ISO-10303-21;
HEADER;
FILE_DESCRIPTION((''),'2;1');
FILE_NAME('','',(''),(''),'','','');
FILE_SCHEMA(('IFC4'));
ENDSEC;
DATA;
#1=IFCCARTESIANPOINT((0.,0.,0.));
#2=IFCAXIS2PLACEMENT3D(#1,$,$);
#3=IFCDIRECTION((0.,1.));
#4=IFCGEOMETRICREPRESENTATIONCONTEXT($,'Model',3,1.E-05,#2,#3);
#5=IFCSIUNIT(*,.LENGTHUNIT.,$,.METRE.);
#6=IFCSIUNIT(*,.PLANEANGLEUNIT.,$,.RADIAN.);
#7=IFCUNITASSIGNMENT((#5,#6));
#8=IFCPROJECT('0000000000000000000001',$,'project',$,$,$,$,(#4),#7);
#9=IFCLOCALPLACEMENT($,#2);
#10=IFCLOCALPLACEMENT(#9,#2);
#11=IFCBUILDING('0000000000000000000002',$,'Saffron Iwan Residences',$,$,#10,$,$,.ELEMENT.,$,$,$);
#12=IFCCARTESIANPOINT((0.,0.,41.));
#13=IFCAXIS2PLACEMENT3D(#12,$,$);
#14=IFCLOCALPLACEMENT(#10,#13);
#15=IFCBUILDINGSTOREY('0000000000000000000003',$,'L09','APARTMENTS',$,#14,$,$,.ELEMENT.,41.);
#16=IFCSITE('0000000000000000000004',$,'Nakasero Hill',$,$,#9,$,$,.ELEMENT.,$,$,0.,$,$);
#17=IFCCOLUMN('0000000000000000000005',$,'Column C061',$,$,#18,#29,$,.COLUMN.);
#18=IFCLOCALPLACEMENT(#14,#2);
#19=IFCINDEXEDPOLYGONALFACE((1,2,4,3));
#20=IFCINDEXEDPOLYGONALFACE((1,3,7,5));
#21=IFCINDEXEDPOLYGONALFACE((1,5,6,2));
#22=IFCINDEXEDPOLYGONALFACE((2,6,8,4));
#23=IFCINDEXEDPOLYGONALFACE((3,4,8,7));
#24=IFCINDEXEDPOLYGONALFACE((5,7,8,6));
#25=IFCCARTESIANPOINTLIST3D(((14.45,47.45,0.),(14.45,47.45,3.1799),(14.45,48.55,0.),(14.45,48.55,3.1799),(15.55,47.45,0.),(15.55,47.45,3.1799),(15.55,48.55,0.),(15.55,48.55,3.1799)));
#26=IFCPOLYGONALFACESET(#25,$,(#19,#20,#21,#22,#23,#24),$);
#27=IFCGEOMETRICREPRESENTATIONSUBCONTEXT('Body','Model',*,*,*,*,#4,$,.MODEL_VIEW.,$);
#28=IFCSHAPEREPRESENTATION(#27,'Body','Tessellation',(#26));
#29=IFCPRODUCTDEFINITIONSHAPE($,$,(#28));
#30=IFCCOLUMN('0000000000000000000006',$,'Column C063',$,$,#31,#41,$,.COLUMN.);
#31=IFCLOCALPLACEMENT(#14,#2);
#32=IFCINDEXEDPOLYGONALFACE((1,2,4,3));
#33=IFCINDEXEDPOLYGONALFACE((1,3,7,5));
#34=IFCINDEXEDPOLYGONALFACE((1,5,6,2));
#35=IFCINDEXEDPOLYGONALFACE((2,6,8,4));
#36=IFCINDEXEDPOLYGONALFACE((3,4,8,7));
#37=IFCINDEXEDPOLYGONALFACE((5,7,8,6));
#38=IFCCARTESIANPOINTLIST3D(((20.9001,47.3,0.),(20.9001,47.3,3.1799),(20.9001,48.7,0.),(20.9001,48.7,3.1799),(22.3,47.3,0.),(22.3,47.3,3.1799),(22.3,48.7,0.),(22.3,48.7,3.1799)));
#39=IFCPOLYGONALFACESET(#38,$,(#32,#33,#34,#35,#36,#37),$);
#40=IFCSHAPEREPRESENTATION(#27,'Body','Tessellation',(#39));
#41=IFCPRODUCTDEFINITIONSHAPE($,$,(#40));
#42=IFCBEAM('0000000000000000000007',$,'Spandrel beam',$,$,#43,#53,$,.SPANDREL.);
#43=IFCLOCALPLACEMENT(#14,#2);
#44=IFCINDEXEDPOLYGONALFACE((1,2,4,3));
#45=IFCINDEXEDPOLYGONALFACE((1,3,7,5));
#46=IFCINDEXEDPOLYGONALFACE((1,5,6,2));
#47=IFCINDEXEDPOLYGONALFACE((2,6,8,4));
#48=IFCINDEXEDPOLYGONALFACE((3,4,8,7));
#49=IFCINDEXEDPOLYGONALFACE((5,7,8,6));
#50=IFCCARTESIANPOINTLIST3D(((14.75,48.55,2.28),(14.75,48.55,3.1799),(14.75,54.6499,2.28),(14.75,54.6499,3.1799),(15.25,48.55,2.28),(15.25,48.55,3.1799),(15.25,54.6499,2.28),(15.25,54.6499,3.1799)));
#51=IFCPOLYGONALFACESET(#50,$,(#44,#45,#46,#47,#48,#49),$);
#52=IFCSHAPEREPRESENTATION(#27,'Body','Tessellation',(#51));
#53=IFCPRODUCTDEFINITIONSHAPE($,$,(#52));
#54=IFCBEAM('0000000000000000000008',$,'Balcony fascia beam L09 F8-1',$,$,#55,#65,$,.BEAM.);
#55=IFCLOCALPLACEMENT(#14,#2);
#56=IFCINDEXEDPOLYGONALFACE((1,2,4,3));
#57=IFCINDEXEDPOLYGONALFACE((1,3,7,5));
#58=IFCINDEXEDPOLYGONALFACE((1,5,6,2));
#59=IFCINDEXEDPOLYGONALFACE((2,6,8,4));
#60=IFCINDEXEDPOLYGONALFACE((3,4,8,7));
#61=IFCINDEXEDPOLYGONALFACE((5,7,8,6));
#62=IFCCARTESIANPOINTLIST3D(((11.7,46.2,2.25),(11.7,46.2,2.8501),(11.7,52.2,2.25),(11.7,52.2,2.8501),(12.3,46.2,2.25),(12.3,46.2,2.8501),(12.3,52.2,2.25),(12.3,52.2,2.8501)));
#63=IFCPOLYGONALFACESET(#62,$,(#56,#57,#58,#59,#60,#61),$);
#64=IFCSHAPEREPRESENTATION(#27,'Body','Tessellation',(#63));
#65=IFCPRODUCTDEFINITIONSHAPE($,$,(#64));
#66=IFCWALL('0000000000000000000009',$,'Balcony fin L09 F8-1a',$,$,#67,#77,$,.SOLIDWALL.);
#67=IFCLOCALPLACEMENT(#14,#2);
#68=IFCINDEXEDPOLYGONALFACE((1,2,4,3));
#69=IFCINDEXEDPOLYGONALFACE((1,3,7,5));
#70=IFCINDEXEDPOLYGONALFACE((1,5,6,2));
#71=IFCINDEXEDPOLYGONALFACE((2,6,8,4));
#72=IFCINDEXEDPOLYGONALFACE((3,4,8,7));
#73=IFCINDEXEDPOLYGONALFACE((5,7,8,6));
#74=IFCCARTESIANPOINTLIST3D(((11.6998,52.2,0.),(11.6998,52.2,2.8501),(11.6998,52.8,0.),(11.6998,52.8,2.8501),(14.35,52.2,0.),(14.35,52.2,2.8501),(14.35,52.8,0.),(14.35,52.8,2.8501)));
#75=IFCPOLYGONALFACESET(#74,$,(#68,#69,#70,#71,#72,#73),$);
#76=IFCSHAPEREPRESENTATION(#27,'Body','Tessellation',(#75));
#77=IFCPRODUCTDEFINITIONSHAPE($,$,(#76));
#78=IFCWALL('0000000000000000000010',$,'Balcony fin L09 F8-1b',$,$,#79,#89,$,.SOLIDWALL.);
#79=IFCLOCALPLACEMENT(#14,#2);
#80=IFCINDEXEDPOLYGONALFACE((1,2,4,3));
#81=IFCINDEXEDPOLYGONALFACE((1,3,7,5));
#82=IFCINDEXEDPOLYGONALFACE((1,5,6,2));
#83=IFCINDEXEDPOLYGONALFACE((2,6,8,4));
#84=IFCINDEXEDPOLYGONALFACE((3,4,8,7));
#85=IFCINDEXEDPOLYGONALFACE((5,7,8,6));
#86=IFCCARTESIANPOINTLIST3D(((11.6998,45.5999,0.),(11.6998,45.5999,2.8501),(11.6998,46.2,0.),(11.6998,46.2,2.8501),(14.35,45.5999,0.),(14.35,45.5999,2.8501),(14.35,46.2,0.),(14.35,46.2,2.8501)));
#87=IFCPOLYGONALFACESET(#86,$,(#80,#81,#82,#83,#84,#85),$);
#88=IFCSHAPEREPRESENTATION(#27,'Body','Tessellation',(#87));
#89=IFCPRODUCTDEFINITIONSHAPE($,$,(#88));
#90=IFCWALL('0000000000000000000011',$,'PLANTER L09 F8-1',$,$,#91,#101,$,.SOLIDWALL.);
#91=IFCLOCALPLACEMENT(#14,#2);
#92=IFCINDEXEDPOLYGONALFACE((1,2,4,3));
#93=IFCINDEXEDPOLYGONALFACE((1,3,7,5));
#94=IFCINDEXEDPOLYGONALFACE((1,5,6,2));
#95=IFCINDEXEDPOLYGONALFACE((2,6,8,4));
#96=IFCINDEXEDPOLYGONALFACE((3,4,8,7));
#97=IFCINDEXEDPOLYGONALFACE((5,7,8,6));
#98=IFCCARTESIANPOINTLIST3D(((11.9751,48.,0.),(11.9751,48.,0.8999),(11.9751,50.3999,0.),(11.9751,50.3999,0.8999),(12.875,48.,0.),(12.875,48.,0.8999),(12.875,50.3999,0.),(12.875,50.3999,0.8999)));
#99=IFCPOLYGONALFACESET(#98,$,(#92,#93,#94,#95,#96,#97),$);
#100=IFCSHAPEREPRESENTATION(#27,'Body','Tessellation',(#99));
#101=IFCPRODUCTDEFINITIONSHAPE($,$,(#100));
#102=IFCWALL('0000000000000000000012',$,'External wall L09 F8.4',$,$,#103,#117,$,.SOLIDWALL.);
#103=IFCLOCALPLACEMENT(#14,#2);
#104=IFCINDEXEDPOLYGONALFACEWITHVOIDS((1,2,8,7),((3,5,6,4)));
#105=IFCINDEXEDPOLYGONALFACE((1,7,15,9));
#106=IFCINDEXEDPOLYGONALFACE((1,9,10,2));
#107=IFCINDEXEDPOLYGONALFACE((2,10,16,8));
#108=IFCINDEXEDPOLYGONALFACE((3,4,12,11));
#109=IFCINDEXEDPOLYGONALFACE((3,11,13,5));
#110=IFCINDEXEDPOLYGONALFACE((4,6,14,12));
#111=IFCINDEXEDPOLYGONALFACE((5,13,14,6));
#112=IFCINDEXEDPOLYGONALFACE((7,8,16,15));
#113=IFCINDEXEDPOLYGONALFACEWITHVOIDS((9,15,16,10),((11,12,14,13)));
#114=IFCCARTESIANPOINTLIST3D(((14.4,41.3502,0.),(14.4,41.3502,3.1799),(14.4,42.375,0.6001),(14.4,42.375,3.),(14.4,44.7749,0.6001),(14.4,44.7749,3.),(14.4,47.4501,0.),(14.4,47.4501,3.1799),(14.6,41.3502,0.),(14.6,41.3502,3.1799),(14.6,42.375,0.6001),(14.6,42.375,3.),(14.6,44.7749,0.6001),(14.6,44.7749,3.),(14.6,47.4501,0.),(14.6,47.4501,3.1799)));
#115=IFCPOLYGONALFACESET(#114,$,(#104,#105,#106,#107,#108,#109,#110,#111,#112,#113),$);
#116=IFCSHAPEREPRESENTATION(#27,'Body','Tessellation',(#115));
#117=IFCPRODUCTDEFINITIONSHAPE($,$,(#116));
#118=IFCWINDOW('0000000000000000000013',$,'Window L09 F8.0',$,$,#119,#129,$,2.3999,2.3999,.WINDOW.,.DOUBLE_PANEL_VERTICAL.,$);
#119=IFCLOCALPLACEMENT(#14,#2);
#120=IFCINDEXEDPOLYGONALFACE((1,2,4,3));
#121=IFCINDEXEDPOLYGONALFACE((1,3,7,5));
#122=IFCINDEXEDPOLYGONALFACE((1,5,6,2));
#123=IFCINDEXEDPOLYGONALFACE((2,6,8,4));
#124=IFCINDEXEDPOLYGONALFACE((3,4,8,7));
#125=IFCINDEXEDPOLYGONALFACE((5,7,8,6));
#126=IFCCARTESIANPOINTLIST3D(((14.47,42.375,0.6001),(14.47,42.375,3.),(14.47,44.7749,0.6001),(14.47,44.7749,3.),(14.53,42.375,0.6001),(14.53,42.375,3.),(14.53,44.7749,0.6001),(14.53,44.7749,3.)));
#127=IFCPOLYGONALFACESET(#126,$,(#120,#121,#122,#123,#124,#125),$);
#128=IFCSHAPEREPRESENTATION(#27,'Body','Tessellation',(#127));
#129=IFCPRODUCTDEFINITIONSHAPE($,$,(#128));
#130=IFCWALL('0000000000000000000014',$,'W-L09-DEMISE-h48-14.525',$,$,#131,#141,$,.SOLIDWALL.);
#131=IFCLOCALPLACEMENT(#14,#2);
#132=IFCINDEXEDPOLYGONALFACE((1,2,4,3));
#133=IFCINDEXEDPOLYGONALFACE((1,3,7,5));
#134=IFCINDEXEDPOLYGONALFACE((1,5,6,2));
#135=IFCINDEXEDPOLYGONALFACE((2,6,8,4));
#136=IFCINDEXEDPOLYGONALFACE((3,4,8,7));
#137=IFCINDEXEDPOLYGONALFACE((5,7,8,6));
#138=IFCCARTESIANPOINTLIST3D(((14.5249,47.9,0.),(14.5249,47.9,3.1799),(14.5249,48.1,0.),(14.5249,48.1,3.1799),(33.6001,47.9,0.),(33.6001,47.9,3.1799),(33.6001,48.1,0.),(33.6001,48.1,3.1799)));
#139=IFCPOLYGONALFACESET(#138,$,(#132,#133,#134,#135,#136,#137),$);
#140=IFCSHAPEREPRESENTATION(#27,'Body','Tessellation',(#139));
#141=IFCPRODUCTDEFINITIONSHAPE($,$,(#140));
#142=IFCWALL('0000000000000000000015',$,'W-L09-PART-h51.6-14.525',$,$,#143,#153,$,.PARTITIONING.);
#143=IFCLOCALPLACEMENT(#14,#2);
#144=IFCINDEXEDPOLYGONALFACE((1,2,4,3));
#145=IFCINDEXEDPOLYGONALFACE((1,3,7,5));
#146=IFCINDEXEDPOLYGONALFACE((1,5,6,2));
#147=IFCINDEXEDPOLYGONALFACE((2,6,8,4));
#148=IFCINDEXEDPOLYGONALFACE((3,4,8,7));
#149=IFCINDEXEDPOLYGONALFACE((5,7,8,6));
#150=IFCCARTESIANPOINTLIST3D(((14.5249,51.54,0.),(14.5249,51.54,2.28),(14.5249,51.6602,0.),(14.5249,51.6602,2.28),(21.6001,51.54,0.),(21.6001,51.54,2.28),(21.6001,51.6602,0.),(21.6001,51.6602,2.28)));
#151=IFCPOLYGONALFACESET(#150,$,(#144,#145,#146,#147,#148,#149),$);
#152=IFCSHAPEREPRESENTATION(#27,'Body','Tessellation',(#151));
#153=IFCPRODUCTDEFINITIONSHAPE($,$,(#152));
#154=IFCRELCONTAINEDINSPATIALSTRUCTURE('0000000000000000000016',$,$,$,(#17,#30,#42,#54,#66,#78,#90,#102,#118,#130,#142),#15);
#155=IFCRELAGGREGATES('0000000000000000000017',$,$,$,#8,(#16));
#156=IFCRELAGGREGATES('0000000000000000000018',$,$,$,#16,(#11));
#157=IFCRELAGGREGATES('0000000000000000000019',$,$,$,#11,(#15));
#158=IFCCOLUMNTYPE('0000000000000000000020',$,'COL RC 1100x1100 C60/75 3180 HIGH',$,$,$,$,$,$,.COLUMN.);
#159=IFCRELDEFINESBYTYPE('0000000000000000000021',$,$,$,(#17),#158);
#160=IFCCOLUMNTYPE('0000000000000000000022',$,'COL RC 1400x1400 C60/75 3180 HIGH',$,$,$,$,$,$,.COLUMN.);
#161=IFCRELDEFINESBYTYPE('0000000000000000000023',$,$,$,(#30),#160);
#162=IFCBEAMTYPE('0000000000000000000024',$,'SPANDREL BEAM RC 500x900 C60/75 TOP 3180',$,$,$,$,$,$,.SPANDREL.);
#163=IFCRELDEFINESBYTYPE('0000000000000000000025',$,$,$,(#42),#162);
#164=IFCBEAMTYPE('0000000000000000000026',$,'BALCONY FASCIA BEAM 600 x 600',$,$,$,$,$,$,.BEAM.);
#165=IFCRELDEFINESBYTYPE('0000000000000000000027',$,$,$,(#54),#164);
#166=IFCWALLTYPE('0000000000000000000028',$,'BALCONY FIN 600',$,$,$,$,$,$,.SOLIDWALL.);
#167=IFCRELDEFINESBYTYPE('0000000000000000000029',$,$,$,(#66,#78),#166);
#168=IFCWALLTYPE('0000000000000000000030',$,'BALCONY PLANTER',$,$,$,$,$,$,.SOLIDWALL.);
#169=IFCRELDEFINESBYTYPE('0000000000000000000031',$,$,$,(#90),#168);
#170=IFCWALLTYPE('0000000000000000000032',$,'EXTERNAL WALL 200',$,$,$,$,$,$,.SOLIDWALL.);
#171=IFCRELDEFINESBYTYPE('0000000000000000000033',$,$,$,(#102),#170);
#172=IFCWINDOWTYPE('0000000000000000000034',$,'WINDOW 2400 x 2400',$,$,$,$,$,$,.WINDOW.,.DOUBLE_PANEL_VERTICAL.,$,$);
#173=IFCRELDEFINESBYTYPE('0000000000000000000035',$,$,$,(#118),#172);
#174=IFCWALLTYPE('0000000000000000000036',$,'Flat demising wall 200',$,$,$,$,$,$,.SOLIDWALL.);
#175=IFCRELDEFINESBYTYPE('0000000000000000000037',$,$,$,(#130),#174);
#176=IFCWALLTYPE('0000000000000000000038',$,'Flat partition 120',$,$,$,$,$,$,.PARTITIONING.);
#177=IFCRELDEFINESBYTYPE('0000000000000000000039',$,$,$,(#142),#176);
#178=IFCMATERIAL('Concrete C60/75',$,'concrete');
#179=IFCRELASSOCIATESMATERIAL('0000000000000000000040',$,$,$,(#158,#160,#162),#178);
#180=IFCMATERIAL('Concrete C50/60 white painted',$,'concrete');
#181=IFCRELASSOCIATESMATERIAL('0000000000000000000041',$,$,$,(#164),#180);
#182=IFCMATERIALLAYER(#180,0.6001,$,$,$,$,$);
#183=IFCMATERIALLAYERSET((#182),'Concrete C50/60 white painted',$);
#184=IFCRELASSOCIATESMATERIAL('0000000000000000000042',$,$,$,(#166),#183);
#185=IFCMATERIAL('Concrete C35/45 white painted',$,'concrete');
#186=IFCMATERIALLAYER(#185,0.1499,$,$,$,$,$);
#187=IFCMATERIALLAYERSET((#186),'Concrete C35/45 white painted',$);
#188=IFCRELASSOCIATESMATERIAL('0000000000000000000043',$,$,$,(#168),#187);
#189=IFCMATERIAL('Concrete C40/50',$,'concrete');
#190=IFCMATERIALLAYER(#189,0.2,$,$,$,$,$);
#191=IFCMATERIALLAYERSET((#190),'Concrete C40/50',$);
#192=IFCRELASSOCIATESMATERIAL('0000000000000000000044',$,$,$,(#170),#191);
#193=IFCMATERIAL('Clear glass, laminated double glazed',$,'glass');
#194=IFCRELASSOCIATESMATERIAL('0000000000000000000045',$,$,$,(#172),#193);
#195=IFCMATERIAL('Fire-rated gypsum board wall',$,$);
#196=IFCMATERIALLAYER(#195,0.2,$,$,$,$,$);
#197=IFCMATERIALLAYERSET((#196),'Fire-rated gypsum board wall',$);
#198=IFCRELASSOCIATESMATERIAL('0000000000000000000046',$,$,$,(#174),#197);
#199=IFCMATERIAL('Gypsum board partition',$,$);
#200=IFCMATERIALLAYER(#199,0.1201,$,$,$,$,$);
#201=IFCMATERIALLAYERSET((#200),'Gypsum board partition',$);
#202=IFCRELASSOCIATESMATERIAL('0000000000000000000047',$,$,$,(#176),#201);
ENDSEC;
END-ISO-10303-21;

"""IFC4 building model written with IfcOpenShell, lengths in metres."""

from ifc_helpers import new_model, si_unit, direction, frame, frame_2d, origin, origin_2d, place, context, subcontext, project, spatial, rectangle, extrude, source, transform, mapped, material, layer, layer_set, material_profile, profile_set, type_object, element, fill, save


model = new_model("IFC4")

# Units and contexts
model_context = context("Model", 3, precision=1e-05, world=origin(), true_north=direction((0.0, 1.0)))
body_context = subcontext(model_context, "Body", "Model", "MODEL_VIEW")
ifc_project = project(units=[si_unit("LENGTHUNIT", "METRE"), si_unit("PLANEANGLEUNIT", "RADIAN")], contexts=[model_context])

# Site, building, storey
site_placement = place(None, origin())
site = spatial("IfcSite", under=ifc_project, at=site_placement, Name="Nakasero Hill", CompositionType="ELEMENT", RefElevation=0.0)
building_placement = place(site_placement, origin())
building = spatial("IfcBuilding", under=site, at=building_placement, Name="Saffron Iwan Residences", CompositionType="ELEMENT")
storey_placement = place(building_placement, frame((0.0, 0.0, 41.0)))
storey = spatial("IfcBuildingStorey", under=building, at=storey_placement, Name="L09", Description="APARTMENTS", CompositionType="ELEMENT", Elevation=41.0)

# Columns
ifc_material_1 = material(Name="Concrete C60/75", Category="concrete")
ifc_material_profile_1 = material_profile(ifc_material_1, rectangle(XDim=1.1001, YDim=1.1001, at=origin_2d()), Name="RC 1100x1100")
ifc_profile_set_1 = profile_set([ifc_material_profile_1], Name="Concrete C60/75")
column_type_1 = type_object("IfcColumnType", Name="COL RC 1100x1100 C60/75 3180 HIGH", PredefinedType="COLUMN", material=ifc_profile_set_1)
shared_shape_1 = source(origin(), body_context, "Body", "SweptSolid", [
    extrude(rectangle(XDim=1.1001, YDim=1.1001, at=origin_2d()), origin(), (0.0, 0.0, 1.0), 3.1799),
])
column_1_placement = place(storey_placement, frame((15.0, 48.0, 0.0), z_axis=(0.0, 0.0, 1.0), x_axis=(1.0, 0.0, 0.0)))
element("IfcColumn", 1, at=column_1_placement, inside=storey, type_object=column_type_1, Name="Column C061", PredefinedType="COLUMN", context=body_context, shape_type="MappedRepresentation", body=[
    mapped(shared_shape_1, transform((0.0, 0.0, 0.0))),
])
ifc_material_profile_2 = material_profile(ifc_material_1, rectangle(XDim=1.3999, YDim=1.3999, at=origin_2d()), Name="RC 1400x1400")
ifc_profile_set_2 = profile_set([ifc_material_profile_2], Name="Concrete C60/75")
column_type_2 = type_object("IfcColumnType", Name="COL RC 1400x1400 C60/75 3180 HIGH", PredefinedType="COLUMN", material=ifc_profile_set_2)
shared_shape_2 = source(origin(), body_context, "Body", "SweptSolid", [
    extrude(rectangle(XDim=1.3999, YDim=1.3999, at=origin_2d()), origin(), (0.0, 0.0, 1.0), 3.1799),
])
column_2_placement = place(storey_placement, frame((21.6001, 48.0, 0.0), z_axis=(0.0, 0.0, 1.0), x_axis=(1.0, 0.0, 0.0)))
element("IfcColumn", 2, at=column_2_placement, inside=storey, type_object=column_type_2, Name="Column C063", PredefinedType="COLUMN", context=body_context, shape_type="MappedRepresentation", body=[
    mapped(shared_shape_2, transform((0.0, 0.0, 0.0))),
])

# Beams
ifc_material_profile_3 = material_profile(ifc_material_1, rectangle(XDim=0.5, YDim=0.8999, at=origin_2d()), Name="RC 500x900")
ifc_profile_set_3 = profile_set([ifc_material_profile_3], Name="Concrete C60/75")
beam_type_1 = type_object("IfcBeamType", Name="SPANDREL BEAM RC 500x900 C60/75 TOP 3180", PredefinedType="SPANDREL", material=ifc_profile_set_3)
shared_shape_3 = source(origin(), body_context, "Body", "SweptSolid", [
    extrude(rectangle(XDim=0.5, YDim=0.8999, at=origin_2d()), origin(), (0.0, 0.0, 1.0), 6.0999),
])
beam_1_placement = place(storey_placement, frame((15.0, 48.55, 2.73), z_axis=(0.0, 1.0, 0.0), x_axis=(-1.0, 0.0, 0.0)))
element("IfcBeam", 3, at=beam_1_placement, inside=storey, type_object=beam_type_1, Name="Spandrel beam", PredefinedType="SPANDREL", context=body_context, shape_type="MappedRepresentation", body=[
    mapped(shared_shape_3, transform((0.0, 0.0, 0.0))),
])
ifc_material_2 = material(Name="Concrete C50/60 white painted", Category="concrete")
ifc_material_profile_4 = material_profile(ifc_material_2, rectangle(XDim=0.6001, YDim=0.6001, at=origin_2d()), Name="BALCONY FASCIA BEAM 600 x 600")
ifc_profile_set_4 = profile_set([ifc_material_profile_4], Name="Concrete C50/60 white painted")
beam_type_2 = type_object("IfcBeamType", Name="BALCONY FASCIA BEAM 600 x 600", PredefinedType="BEAM", material=ifc_profile_set_4)
shared_shape_4 = source(origin(), body_context, "Body", "SweptSolid", [
    extrude(rectangle(XDim=0.6001, YDim=0.6001, at=origin_2d()), origin(), (0.0, 0.0, 1.0), 6.0),
])
beam_2_placement = place(storey_placement, frame((12.0, 52.2, 2.55), z_axis=(0.0, -1.0, 0.0), x_axis=(1.0, 0.0, 0.0)))
element("IfcBeam", 4, at=beam_2_placement, inside=storey, type_object=beam_type_2, Name="Balcony fascia beam L09 F8-1", PredefinedType="BEAM", context=body_context, shape_type="MappedRepresentation", body=[
    mapped(shared_shape_4, transform((0.0, 0.0, 0.0))),
])

# Walls
ifc_layer_1 = layer(ifc_material_2, 0.6001)
ifc_layer_set_1 = layer_set([ifc_layer_1], Name="Concrete C50/60 white painted")
wall_type_1 = type_object("IfcWallType", Name="BALCONY FIN 600", PredefinedType="SOLIDWALL", material=ifc_layer_set_1)
for number, where, z_axis, x_axis, name in (
    (5, (14.3501, 52.5, 0.0), (0.0, 0.0, 1.0), (-1.0, 0.0, 0.0), "Balcony fin L09 F8-1a"),
    (6, (14.3501, 45.8999, 0.0), (0.0, 0.0, 1.0), (-1.0, 0.0, 0.0), "Balcony fin L09 F8-1b"),
):
    element("IfcWall", number, at=place(storey_placement, frame(where, z_axis=z_axis, x_axis=x_axis)), inside=storey, type_object=wall_type_1, Name=name, PredefinedType="SOLIDWALL", context=body_context, shape_type="SweptSolid", body=[
        extrude(rectangle(XDim=2.6501, YDim=0.6001, at=frame_2d((1.3252, 0.0))), origin(), (0.0, 0.0, 1.0), 2.8501),
    ])
ifc_material_3 = material(Name="Concrete C35/45 white painted", Category="concrete")
ifc_layer_2 = layer(ifc_material_3, 0.1499)
ifc_layer_set_2 = layer_set([ifc_layer_2], Name="Concrete C35/45 white painted")
wall_type_2 = type_object("IfcWallType", Name="BALCONY PLANTER", PredefinedType="SOLIDWALL", material=ifc_layer_set_2)
wall_1_placement = place(storey_placement, frame((12.425, 50.3999, 0.0), z_axis=(0.0, 0.0, 1.0), x_axis=(0.0, -1.0, 0.0)))
element("IfcWall", 7, at=wall_1_placement, inside=storey, type_object=wall_type_2, Name="PLANTER L09 F8-1", PredefinedType="SOLIDWALL", context=body_context, shape_type="SweptSolid", body=[
    extrude(rectangle(XDim=2.3999, YDim=0.8999, at=frame_2d((1.2, 0.0))), origin(), (0.0, 0.0, 1.0), 0.8999),
])

# Shared definitions
ifc_material_4 = material(Name="Concrete C40/50", Category="concrete")
ifc_layer_3 = layer(ifc_material_4, 0.2)
ifc_layer_set_3 = layer_set([ifc_layer_3], Name="Concrete C40/50")
wall_type_3 = type_object("IfcWallType", Name="EXTERNAL WALL 200", PredefinedType="SOLIDWALL", material=ifc_layer_set_3)
ifc_material_5 = material(Name="Clear glass, laminated double glazed", Category="glass")

# Wall, opening, window
wall_2_placement = place(storey_placement, frame((14.5, 47.45, 0.0), z_axis=(0.0, 0.0, 1.0), x_axis=(0.0, -1.0, 0.0)))
wall_2 = element("IfcWall", 8, at=wall_2_placement, inside=storey, type_object=wall_type_3, Name="External wall L09 F8.4", PredefinedType="SOLIDWALL", context=body_context, shape_type="SweptSolid", body=[
    extrude(rectangle(XDim=6.0999, YDim=0.2, at=frame_2d((3.0498, 0.0))), origin(), (0.0, 0.0, 1.0), 3.1799),
])
opening_1_placement = place(wall_2_placement, frame((2.675, 0.0, 0.6001)))
opening_1 = element("IfcOpeningElement", 9, at=opening_1_placement, cuts=wall_2, PredefinedType="OPENING", context=body_context, shape_type="SweptSolid", body=[
    extrude(rectangle(XDim=2.3999, YDim=2.3999, at=frame_2d((1.2, 1.2))), frame((0.0, 0.1099, 0.0), z_axis=(0.0, -1.0, 0.0), x_axis=(1.0, 0.0, 0.0)), (0.0, 0.0, 1.0), 0.22),
])
window_type_1 = type_object("IfcWindowType", Name="WINDOW 2400 x 2400", PartitioningType="DOUBLE_PANEL_VERTICAL", PredefinedType="WINDOW", material=ifc_material_5)
window_1_placement = place(opening_1_placement, origin())
window_1 = element("IfcWindow", 10, at=window_1_placement, inside=storey, type_object=window_type_1, Name="Window L09 F8.0", OverallHeight=2.3999, OverallWidth=2.3999, PartitioningType="DOUBLE_PANEL_VERTICAL", PredefinedType="WINDOW", context=body_context, shape_type="SweptSolid", body=[
    extrude(rectangle(XDim=2.3999, YDim=2.3999, at=frame_2d((1.2, 1.2))), frame((0.0, 0.03, 0.0), z_axis=(0.0, -1.0, 0.0), x_axis=(1.0, 0.0, 0.0)), (0.0, 0.0, 1.0), 0.0601),
])
fill(opening_1, window_1)

# Walls
ifc_material_6 = material(Name="Fire-rated gypsum board wall")
ifc_layer_4 = layer(ifc_material_6, 0.2)
ifc_layer_set_4 = layer_set([ifc_layer_4], Name="Fire-rated gypsum board wall")
wall_type_4 = type_object("IfcWallType", Name="Flat demising wall 200", PredefinedType="SOLIDWALL", material=ifc_layer_set_4)
wall_3_placement = place(storey_placement, frame((14.5249, 48.0, 0.0), z_axis=(0.0, 0.0, 1.0), x_axis=(1.0, 0.0, 0.0)))
element("IfcWall", 11, at=wall_3_placement, inside=storey, type_object=wall_type_4, Name="W-L09-DEMISE-h48-14.525", PredefinedType="SOLIDWALL", context=body_context, shape_type="SweptSolid", body=[
    extrude(rectangle(XDim=19.0752, YDim=0.2, at=frame_2d((9.5376, 0.0))), origin(), (0.0, 0.0, 1.0), 3.1799),
])
ifc_material_7 = material(Name="Gypsum board partition")
ifc_layer_5 = layer(ifc_material_7, 0.1201)
ifc_layer_set_5 = layer_set([ifc_layer_5], Name="Gypsum board partition")
wall_type_5 = type_object("IfcWallType", Name="Flat partition 120", PredefinedType="PARTITIONING", material=ifc_layer_set_5)
wall_4_placement = place(storey_placement, frame((14.5249, 51.6001, 0.0), z_axis=(0.0, 0.0, 1.0), x_axis=(1.0, 0.0, 0.0)))
element("IfcWall", 12, at=wall_4_placement, inside=storey, type_object=wall_type_5, Name="W-L09-PART-h51.6-14.525", PredefinedType="PARTITIONING", context=body_context, shape_type="SweptSolid", body=[
    extrude(rectangle(XDim=7.0752, YDim=0.1201, at=frame_2d((3.5376, 0.0))), origin(), (0.0, 0.0, 1.0), 2.28),
])

save(model, "model.ifc")
